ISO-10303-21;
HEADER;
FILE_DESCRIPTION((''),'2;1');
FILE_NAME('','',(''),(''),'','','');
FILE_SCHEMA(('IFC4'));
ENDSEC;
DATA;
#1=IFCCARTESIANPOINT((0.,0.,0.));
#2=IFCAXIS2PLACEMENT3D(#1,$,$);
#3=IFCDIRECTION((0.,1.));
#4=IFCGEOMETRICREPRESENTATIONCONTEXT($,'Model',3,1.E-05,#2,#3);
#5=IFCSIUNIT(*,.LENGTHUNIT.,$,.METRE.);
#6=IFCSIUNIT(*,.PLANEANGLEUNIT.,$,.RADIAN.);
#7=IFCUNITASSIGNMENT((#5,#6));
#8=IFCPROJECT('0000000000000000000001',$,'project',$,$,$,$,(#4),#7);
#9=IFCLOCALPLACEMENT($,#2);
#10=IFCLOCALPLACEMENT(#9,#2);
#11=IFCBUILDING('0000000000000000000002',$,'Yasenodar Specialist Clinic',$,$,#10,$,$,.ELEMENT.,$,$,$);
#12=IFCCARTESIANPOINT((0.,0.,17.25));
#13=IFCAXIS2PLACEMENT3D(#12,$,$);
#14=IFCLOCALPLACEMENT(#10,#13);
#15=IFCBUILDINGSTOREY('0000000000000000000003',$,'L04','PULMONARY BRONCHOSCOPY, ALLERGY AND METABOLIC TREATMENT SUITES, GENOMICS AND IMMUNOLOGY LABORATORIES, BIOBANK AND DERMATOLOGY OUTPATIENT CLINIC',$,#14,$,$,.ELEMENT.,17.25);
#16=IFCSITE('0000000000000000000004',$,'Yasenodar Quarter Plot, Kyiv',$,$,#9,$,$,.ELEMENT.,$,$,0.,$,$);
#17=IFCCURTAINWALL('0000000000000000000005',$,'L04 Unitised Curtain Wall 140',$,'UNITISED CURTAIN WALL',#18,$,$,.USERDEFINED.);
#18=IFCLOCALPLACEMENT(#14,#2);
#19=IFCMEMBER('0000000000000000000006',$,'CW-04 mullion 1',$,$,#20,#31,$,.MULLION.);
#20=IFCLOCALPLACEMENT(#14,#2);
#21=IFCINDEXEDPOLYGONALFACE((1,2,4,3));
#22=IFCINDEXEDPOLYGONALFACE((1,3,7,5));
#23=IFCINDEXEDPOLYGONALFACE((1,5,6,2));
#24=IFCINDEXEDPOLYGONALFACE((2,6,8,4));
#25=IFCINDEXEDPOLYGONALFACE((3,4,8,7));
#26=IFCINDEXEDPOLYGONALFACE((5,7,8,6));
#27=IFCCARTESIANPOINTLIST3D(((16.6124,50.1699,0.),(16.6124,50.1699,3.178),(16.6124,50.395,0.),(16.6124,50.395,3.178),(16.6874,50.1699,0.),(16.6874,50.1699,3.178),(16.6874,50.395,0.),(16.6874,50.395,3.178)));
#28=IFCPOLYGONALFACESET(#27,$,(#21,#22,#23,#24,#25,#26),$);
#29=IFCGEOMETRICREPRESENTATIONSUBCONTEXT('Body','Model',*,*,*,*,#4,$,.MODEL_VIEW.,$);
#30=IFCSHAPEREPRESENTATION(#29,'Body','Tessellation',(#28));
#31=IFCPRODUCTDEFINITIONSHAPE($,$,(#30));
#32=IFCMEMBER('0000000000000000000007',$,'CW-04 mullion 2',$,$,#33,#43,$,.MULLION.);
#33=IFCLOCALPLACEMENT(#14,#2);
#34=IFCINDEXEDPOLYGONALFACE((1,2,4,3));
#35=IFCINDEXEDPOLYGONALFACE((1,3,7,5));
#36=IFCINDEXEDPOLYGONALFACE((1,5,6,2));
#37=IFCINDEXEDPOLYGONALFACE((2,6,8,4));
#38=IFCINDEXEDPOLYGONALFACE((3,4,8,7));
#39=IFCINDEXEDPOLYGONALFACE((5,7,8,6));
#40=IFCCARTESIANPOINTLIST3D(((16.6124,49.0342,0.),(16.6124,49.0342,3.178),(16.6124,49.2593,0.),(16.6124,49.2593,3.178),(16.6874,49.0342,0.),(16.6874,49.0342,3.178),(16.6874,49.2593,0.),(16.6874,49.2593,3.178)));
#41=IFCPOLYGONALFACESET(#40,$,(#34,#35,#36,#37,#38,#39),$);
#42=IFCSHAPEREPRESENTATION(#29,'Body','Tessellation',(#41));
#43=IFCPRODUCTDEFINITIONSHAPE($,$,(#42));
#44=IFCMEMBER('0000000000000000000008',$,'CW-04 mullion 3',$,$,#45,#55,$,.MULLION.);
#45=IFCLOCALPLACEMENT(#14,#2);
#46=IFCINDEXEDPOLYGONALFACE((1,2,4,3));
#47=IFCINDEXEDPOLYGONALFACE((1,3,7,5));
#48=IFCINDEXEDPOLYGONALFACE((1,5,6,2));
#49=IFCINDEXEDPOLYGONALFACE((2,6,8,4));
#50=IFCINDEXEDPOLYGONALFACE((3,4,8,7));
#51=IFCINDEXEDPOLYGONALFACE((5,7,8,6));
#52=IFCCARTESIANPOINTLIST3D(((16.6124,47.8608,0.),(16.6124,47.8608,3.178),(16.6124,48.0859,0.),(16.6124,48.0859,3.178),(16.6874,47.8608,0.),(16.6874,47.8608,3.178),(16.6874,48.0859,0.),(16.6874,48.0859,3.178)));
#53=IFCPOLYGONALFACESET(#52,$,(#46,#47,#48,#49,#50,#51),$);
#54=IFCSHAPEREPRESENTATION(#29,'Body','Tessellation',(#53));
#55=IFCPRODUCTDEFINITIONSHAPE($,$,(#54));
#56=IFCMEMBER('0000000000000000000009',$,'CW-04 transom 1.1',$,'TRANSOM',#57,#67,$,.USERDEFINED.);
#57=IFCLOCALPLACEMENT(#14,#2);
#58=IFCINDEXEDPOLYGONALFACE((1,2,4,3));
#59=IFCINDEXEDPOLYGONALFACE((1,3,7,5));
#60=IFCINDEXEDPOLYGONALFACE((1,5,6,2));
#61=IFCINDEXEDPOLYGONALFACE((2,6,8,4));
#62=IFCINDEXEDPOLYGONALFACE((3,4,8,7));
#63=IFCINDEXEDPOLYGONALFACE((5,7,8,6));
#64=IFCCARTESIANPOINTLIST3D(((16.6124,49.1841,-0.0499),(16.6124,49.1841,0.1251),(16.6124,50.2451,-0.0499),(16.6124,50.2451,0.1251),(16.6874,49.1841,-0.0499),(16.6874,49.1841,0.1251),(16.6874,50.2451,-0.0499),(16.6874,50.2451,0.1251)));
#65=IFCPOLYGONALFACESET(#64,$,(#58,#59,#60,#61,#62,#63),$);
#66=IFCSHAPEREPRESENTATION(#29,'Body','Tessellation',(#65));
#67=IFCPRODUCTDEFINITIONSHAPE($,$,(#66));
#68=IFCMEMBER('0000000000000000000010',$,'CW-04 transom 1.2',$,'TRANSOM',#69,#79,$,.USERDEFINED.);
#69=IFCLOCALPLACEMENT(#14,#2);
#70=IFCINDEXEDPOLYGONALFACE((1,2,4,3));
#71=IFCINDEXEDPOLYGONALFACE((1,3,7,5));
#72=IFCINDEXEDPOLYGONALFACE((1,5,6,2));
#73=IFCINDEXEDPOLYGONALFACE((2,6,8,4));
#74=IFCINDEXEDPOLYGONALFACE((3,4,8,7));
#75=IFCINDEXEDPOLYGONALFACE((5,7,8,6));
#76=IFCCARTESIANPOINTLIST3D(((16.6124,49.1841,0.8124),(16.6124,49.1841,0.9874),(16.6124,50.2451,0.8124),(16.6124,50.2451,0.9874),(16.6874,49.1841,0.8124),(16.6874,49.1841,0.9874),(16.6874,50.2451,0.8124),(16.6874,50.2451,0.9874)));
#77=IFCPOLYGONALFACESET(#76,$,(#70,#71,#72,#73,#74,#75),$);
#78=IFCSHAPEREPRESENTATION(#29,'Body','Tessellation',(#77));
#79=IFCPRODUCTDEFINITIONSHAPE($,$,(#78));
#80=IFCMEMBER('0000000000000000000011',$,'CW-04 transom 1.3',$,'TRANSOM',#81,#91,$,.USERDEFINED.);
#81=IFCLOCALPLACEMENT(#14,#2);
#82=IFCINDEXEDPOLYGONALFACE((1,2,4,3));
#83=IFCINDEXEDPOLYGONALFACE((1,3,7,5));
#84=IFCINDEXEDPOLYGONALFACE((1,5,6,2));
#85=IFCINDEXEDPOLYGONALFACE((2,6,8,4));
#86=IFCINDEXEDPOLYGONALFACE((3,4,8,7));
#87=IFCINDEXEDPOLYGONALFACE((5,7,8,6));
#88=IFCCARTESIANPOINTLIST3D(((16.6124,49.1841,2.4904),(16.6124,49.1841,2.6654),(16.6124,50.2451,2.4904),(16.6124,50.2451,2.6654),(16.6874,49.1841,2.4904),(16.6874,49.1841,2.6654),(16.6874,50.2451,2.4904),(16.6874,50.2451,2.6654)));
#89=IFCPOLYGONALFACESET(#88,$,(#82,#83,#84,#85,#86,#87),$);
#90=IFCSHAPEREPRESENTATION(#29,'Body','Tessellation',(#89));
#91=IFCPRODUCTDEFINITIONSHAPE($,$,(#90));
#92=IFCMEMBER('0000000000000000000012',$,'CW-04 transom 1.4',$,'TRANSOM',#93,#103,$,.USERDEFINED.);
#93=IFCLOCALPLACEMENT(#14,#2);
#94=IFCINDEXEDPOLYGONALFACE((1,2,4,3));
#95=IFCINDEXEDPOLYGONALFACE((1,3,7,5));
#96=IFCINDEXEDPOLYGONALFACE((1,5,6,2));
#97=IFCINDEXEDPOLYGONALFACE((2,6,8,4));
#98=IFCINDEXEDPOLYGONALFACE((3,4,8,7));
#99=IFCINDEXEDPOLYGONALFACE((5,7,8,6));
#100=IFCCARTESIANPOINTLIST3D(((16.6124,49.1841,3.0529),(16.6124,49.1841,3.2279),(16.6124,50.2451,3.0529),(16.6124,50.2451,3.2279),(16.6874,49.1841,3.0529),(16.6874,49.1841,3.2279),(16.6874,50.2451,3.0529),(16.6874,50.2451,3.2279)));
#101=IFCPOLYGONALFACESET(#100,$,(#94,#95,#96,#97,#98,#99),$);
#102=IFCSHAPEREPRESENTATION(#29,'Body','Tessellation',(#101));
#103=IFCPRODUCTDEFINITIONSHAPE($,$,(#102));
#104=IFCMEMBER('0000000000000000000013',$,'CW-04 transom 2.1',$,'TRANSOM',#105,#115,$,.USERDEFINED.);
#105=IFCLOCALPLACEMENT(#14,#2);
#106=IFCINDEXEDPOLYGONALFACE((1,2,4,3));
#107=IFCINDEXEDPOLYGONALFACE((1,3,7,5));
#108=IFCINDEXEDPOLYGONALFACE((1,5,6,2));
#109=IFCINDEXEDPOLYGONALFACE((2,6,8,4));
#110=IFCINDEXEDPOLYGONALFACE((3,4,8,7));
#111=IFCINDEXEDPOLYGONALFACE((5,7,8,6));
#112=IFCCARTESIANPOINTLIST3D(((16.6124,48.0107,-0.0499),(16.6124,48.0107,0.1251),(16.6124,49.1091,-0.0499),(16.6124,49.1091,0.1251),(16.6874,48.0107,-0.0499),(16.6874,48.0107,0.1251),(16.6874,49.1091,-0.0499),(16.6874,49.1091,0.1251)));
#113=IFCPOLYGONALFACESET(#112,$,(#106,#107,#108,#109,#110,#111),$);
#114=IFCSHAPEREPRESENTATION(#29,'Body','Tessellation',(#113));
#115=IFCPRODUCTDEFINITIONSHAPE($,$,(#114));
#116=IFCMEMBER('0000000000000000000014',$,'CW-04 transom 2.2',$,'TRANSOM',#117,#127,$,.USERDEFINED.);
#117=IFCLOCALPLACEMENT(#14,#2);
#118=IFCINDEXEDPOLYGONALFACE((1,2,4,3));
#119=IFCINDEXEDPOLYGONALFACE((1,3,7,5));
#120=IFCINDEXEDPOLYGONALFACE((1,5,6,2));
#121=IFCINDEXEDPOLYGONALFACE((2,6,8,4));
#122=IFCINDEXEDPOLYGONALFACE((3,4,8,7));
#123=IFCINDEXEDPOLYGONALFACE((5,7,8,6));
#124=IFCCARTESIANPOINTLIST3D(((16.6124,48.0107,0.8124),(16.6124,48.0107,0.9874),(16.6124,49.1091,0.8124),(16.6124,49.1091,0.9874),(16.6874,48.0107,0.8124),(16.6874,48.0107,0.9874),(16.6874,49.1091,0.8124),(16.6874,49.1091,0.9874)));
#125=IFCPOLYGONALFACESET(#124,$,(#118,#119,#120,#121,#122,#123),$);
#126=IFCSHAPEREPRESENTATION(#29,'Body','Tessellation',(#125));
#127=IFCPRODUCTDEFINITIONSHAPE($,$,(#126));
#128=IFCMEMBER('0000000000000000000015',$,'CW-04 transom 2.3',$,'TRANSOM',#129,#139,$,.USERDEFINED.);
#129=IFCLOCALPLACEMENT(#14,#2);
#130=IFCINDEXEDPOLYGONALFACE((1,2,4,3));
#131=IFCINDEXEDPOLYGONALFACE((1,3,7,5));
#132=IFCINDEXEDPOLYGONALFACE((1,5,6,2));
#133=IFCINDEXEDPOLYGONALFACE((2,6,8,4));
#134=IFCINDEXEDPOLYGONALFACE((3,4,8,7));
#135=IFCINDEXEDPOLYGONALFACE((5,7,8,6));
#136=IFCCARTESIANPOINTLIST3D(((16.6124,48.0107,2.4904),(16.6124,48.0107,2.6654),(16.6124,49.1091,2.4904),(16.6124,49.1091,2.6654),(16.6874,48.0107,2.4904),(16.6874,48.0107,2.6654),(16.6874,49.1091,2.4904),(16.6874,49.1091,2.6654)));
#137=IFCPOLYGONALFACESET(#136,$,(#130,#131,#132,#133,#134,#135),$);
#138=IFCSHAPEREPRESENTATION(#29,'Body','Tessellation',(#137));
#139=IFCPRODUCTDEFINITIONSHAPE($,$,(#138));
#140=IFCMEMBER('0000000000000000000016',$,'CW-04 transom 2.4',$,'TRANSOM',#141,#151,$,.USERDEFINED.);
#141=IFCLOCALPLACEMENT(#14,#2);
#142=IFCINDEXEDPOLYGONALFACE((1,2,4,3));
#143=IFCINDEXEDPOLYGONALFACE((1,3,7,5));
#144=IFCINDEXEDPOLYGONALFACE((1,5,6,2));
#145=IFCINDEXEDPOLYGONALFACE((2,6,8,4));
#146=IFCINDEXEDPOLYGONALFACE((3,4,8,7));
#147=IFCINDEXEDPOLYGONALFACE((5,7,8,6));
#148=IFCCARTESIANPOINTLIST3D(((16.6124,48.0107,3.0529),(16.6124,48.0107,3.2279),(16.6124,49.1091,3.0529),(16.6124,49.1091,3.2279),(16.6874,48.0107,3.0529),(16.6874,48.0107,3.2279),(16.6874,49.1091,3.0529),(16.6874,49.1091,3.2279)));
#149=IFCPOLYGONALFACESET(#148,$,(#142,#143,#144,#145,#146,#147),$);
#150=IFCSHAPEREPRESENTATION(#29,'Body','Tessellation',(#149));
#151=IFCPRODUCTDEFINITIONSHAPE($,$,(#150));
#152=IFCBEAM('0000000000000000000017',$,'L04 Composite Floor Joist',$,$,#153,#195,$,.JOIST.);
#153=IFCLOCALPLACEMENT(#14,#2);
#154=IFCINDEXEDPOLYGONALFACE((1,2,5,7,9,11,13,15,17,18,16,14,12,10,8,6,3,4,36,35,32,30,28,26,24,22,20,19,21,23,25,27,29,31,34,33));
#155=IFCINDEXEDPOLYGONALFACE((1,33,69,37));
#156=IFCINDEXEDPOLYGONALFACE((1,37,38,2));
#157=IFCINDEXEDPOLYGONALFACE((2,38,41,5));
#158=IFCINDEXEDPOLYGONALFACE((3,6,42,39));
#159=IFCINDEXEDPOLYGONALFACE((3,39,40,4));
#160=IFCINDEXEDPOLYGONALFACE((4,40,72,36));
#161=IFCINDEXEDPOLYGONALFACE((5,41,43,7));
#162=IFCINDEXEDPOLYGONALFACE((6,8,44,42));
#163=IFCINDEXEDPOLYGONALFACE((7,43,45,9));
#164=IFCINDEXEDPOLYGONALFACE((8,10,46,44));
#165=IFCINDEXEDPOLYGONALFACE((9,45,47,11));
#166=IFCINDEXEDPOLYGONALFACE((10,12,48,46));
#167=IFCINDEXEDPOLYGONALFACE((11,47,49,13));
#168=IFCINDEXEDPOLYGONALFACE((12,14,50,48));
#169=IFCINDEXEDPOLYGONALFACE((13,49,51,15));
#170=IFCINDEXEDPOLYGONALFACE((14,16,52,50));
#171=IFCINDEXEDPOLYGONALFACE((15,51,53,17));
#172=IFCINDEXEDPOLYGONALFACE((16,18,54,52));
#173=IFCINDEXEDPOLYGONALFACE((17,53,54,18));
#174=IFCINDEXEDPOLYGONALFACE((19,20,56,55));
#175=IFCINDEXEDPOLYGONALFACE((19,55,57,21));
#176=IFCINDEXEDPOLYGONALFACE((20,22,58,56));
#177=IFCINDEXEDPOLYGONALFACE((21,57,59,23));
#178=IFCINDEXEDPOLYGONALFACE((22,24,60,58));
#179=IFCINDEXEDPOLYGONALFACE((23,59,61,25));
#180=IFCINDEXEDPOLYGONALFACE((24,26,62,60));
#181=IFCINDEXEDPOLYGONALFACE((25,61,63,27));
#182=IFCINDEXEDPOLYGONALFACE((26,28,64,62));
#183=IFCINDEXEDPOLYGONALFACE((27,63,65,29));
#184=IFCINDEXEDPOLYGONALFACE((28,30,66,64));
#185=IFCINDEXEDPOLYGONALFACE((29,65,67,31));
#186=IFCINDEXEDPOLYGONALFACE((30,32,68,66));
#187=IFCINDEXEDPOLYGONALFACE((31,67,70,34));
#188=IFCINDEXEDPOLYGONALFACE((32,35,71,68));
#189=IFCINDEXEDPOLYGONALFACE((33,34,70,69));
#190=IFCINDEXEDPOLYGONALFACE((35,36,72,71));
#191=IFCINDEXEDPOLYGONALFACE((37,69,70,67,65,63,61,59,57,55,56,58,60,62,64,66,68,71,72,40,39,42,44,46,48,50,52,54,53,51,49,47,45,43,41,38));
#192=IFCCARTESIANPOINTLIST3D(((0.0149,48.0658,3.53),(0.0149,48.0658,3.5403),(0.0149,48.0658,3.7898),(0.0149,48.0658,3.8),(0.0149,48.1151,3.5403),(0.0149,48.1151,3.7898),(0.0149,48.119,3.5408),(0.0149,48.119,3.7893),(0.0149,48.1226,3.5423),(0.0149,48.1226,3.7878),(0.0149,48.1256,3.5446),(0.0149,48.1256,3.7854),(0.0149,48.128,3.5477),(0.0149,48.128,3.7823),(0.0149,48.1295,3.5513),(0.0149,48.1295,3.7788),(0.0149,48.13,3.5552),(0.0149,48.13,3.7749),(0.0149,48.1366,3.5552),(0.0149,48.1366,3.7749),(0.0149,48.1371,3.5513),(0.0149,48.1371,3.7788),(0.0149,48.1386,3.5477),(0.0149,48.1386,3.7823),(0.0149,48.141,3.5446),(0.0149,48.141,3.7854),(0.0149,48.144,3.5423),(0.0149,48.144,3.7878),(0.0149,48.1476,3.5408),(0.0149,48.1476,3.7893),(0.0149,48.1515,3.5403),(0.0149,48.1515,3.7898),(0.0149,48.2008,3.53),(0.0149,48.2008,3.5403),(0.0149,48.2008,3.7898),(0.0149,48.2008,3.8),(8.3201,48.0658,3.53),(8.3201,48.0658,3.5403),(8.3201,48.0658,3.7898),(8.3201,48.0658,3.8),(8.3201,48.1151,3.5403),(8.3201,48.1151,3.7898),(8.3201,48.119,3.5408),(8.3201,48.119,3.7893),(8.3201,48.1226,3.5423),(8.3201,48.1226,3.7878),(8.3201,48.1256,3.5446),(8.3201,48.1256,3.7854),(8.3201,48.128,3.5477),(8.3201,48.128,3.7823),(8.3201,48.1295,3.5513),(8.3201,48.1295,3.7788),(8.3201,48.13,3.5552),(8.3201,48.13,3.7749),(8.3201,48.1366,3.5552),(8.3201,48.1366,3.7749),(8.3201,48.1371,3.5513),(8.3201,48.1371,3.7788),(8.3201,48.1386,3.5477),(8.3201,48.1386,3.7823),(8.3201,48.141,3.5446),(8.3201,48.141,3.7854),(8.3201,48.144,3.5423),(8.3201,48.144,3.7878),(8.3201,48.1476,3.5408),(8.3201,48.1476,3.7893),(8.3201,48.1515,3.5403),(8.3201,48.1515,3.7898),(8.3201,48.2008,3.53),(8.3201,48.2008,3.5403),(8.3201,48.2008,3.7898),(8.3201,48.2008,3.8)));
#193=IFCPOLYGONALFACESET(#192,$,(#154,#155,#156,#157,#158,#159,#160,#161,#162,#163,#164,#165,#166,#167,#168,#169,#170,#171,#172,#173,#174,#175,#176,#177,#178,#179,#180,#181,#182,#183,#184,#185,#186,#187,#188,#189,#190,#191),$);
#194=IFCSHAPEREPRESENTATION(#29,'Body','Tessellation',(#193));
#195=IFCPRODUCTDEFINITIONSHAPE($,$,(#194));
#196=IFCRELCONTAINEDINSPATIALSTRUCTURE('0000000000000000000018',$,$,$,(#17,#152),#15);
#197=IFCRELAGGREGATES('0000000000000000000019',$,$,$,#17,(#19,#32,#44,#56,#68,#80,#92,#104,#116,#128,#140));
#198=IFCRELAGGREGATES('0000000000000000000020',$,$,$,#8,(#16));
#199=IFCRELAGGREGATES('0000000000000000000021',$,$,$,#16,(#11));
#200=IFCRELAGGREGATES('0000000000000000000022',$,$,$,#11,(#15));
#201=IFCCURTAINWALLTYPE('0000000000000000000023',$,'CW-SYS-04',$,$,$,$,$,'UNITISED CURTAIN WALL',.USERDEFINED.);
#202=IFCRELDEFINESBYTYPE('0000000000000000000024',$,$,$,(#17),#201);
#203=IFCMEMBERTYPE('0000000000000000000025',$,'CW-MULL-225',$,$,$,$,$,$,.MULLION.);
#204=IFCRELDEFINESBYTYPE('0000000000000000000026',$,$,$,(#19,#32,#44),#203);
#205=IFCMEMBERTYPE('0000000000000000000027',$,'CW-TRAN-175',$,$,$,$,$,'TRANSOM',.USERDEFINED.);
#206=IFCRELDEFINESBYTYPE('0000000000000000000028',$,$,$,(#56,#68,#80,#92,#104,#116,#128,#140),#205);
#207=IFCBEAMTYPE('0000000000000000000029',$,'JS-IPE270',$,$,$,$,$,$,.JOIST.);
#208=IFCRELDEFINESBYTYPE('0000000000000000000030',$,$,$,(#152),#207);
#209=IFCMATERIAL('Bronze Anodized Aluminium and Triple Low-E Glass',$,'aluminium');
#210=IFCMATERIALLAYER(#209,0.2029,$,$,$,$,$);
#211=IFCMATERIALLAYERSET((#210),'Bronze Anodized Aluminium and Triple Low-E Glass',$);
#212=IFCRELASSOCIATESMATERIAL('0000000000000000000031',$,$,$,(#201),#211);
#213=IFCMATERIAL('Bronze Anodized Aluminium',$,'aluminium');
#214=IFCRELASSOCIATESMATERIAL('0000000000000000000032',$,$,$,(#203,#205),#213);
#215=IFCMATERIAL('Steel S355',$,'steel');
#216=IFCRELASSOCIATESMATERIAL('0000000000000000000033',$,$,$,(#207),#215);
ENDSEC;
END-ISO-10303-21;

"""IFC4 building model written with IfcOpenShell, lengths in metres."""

from ifc_helpers import new_model, si_unit, direction, frame, origin, origin_2d, place, context, subcontext, project, spatial, rectangle, i_section, extrude, material, layer, layer_set, material_profile, profile_set, type_object, element, aggregate, save


model = new_model("IFC4")

# Units and contexts
model_context = context("Model", 3, precision=1e-05, world=origin(), true_north=direction((0.0, 1.0)))
body_context = subcontext(model_context, "Body", "Model", "MODEL_VIEW")
ifc_project = project(units=[si_unit("LENGTHUNIT", "METRE"), si_unit("PLANEANGLEUNIT", "RADIAN")], contexts=[model_context])

# Site, building, storey
site_placement = place(None, origin())
site = spatial("IfcSite", under=ifc_project, at=site_placement, Name="Yasenodar Quarter Plot, Kyiv", CompositionType="ELEMENT", RefElevation=0.0)
building_placement = place(site_placement, origin())
building = spatial("IfcBuilding", under=site, at=building_placement, Name="Yasenodar Specialist Clinic", CompositionType="ELEMENT")
storey_placement = place(building_placement, frame((0.0, 0.0, 17.25)))
storey = spatial("IfcBuildingStorey", under=building, at=storey_placement, Name="L04", Description="PULMONARY BRONCHOSCOPY, ALLERGY AND METABOLIC TREATMENT SUITES, GENOMICS AND IMMUNOLOGY LABORATORIES, BIOBANK AND DERMATOLOGY OUTPATIENT CLINIC", CompositionType="ELEMENT", Elevation=17.25)

# Shared definitions
ifc_material_1 = material(Name="Steel S355", Category="steel")

# Curtain wall, members
ifc_material_2 = material(Name="Bronze Anodized Aluminium and Triple Low-E Glass", Category="aluminium")
ifc_layer_1 = layer(ifc_material_2, 0.2029)
ifc_layer_set_1 = layer_set([ifc_layer_1], Name="Bronze Anodized Aluminium and Triple Low-E Glass")
curtain_wall_type = type_object("IfcCurtainWallType", Name="CW-SYS-04", ElementType="UNITISED CURTAIN WALL", PredefinedType="USERDEFINED", material=ifc_layer_set_1)
curtain_wall_placement = place(storey_placement, origin())
curtain_wall = element("IfcCurtainWall", 1, at=curtain_wall_placement, inside=storey, type_object=curtain_wall_type, Name="L04 Unitised Curtain Wall 140", ObjectType="UNITISED CURTAIN WALL", PredefinedType="USERDEFINED")
ifc_material_3 = material(Name="Bronze Anodized Aluminium", Category="aluminium")
ifc_material_profile_1 = material_profile(ifc_material_3, rectangle(XDim=0.075, YDim=0.2251, at=origin_2d()), Name="CW-MULL 75x225")
ifc_profile_set_1 = profile_set([ifc_material_profile_1], Name="Bronze Anodized Aluminium")
member_type_1 = type_object("IfcMemberType", Name="CW-MULL-225", PredefinedType="MULLION", material=ifc_profile_set_1)
member_1_placement = place(storey_placement, frame((16.6499, 50.2825, 0.0), z_axis=(0.0, 0.0, 1.0), x_axis=(1.0, 0.0, 0.0)))
member_1 = element("IfcMember", 2, at=member_1_placement, type_object=member_type_1, Name="CW-04 mullion 1", PredefinedType="MULLION", context=body_context, shape_type="SweptSolid", body=[
    extrude(rectangle(XDim=0.075, YDim=0.2251, at=origin_2d()), origin(), (0.0, 0.0, 1.0), 3.178),
])
member_2_placement = place(storey_placement, frame((16.6499, 49.1467, 0.0), z_axis=(0.0, 0.0, 1.0), x_axis=(1.0, 0.0, 0.0)))
member_2 = element("IfcMember", 3, at=member_2_placement, type_object=member_type_1, Name="CW-04 mullion 2", PredefinedType="MULLION", context=body_context, shape_type="SweptSolid", body=[
    extrude(rectangle(XDim=0.075, YDim=0.2251, at=origin_2d()), origin(), (0.0, 0.0, 1.0), 3.178),
])
member_3_placement = place(storey_placement, frame((16.6499, 47.9734, 0.0), z_axis=(0.0, 0.0, 1.0), x_axis=(1.0, 0.0, 0.0)))
member_3 = element("IfcMember", 4, at=member_3_placement, type_object=member_type_1, Name="CW-04 mullion 3", PredefinedType="MULLION", context=body_context, shape_type="SweptSolid", body=[
    extrude(rectangle(XDim=0.075, YDim=0.2251, at=origin_2d()), origin(), (0.0, 0.0, 1.0), 3.178),
])
ifc_material_profile_2 = material_profile(ifc_material_3, rectangle(XDim=0.075, YDim=0.175, at=origin_2d()), Name="CW-TRAN 75x175")
ifc_profile_set_2 = profile_set([ifc_material_profile_2], Name="Bronze Anodized Aluminium")
member_type_2 = type_object("IfcMemberType", Name="CW-TRAN-175", ElementType="TRANSOM", PredefinedType="USERDEFINED", material=ifc_profile_set_2)
member_4_placement = place(storey_placement, frame((16.6499, 50.2451, 0.0376), z_axis=(0.0, -1.0, 0.0), x_axis=(1.0, 0.0, 0.0)))
member_4 = element("IfcMember", 5, at=member_4_placement, type_object=member_type_2, Name="CW-04 transom 1.1", ObjectType="TRANSOM", PredefinedType="USERDEFINED", context=body_context, shape_type="SweptSolid", body=[
    extrude(rectangle(XDim=0.075, YDim=0.175, at=origin_2d()), origin(), (0.0, 0.0, 1.0), 1.061),
])
member_5_placement = place(storey_placement, frame((16.6499, 50.2451, 0.8999), z_axis=(0.0, -1.0, 0.0), x_axis=(1.0, 0.0, 0.0)))
member_5 = element("IfcMember", 6, at=member_5_placement, type_object=member_type_2, Name="CW-04 transom 1.2", ObjectType="TRANSOM", PredefinedType="USERDEFINED", context=body_context, shape_type="SweptSolid", body=[
    extrude(rectangle(XDim=0.075, YDim=0.175, at=origin_2d()), origin(), (0.0, 0.0, 1.0), 1.061),
])
member_6_placement = place(storey_placement, frame((16.6499, 50.2451, 2.5779), z_axis=(0.0, -1.0, 0.0), x_axis=(1.0, 0.0, 0.0)))
member_6 = element("IfcMember", 7, at=member_6_placement, type_object=member_type_2, Name="CW-04 transom 1.3", ObjectType="TRANSOM", PredefinedType="USERDEFINED", context=body_context, shape_type="SweptSolid", body=[
    extrude(rectangle(XDim=0.075, YDim=0.175, at=origin_2d()), origin(), (0.0, 0.0, 1.0), 1.061),
])
member_7_placement = place(storey_placement, frame((16.6499, 50.2451, 3.1404), z_axis=(0.0, -1.0, 0.0), x_axis=(1.0, 0.0, 0.0)))
member_7 = element("IfcMember", 8, at=member_7_placement, type_object=member_type_2, Name="CW-04 transom 1.4", ObjectType="TRANSOM", PredefinedType="USERDEFINED", context=body_context, shape_type="SweptSolid", body=[
    extrude(rectangle(XDim=0.075, YDim=0.175, at=origin_2d()), origin(), (0.0, 0.0, 1.0), 1.061),
])
member_8_placement = place(storey_placement, frame((16.6499, 49.1091, 0.0376), z_axis=(0.0, -1.0, 0.0), x_axis=(1.0, 0.0, 0.0)))
member_8 = element("IfcMember", 9, at=member_8_placement, type_object=member_type_2, Name="CW-04 transom 2.1", ObjectType="TRANSOM", PredefinedType="USERDEFINED", context=body_context, shape_type="SweptSolid", body=[
    extrude(rectangle(XDim=0.075, YDim=0.175, at=origin_2d()), origin(), (0.0, 0.0, 1.0), 1.0984),
])
member_9_placement = place(storey_placement, frame((16.6499, 49.1091, 0.8999), z_axis=(0.0, -1.0, 0.0), x_axis=(1.0, 0.0, 0.0)))
member_9 = element("IfcMember", 10, at=member_9_placement, type_object=member_type_2, Name="CW-04 transom 2.2", ObjectType="TRANSOM", PredefinedType="USERDEFINED", context=body_context, shape_type="SweptSolid", body=[
    extrude(rectangle(XDim=0.075, YDim=0.175, at=origin_2d()), origin(), (0.0, 0.0, 1.0), 1.0984),
])
member_10_placement = place(storey_placement, frame((16.6499, 49.1091, 2.5779), z_axis=(0.0, -1.0, 0.0), x_axis=(1.0, 0.0, 0.0)))
member_10 = element("IfcMember", 11, at=member_10_placement, type_object=member_type_2, Name="CW-04 transom 2.3", ObjectType="TRANSOM", PredefinedType="USERDEFINED", context=body_context, shape_type="SweptSolid", body=[
    extrude(rectangle(XDim=0.075, YDim=0.175, at=origin_2d()), origin(), (0.0, 0.0, 1.0), 1.0984),
])
member_11_placement = place(storey_placement, frame((16.6499, 49.1091, 3.1404), z_axis=(0.0, -1.0, 0.0), x_axis=(1.0, 0.0, 0.0)))
member_11 = element("IfcMember", 12, at=member_11_placement, type_object=member_type_2, Name="CW-04 transom 2.4", ObjectType="TRANSOM", PredefinedType="USERDEFINED", context=body_context, shape_type="SweptSolid", body=[
    extrude(rectangle(XDim=0.075, YDim=0.175, at=origin_2d()), origin(), (0.0, 0.0, 1.0), 1.0984),
])

# Beam
ifc_material_profile_3 = material_profile(ifc_material_1, i_section(OverallWidth=0.135, OverallDepth=0.27, WebThickness=0.0066, FlangeThickness=0.0103, FilletRadius=0.0149, at=origin_2d()), Name="IPE 270")
ifc_profile_set_3 = profile_set([ifc_material_profile_3], Name="Steel S355")
beam_type_1 = type_object("IfcBeamType", Name="JS-IPE270", PredefinedType="JOIST", material=ifc_profile_set_3)
beam_1_placement = place(storey_placement, frame((0.0149, 48.1333, 3.665), z_axis=(1.0, 0.0, 0.0), x_axis=(0.0, 1.0, 0.0)))
element("IfcBeam", 13, at=beam_1_placement, inside=storey, type_object=beam_type_1, Name="L04 Composite Floor Joist", PredefinedType="JOIST", context=body_context, shape_type="SweptSolid", body=[
    extrude(i_section(OverallWidth=0.135, OverallDepth=0.27, WebThickness=0.0066, FlangeThickness=0.0103, FilletRadius=0.0149, at=origin_2d()), origin(), (0.0, 0.0, 1.0), 8.3052),
])

aggregate(curtain_wall, [member_1, member_2, member_3, member_4, member_5, member_6, member_7, member_8, member_9, member_10, member_11])

save(model, "model.ifc")
